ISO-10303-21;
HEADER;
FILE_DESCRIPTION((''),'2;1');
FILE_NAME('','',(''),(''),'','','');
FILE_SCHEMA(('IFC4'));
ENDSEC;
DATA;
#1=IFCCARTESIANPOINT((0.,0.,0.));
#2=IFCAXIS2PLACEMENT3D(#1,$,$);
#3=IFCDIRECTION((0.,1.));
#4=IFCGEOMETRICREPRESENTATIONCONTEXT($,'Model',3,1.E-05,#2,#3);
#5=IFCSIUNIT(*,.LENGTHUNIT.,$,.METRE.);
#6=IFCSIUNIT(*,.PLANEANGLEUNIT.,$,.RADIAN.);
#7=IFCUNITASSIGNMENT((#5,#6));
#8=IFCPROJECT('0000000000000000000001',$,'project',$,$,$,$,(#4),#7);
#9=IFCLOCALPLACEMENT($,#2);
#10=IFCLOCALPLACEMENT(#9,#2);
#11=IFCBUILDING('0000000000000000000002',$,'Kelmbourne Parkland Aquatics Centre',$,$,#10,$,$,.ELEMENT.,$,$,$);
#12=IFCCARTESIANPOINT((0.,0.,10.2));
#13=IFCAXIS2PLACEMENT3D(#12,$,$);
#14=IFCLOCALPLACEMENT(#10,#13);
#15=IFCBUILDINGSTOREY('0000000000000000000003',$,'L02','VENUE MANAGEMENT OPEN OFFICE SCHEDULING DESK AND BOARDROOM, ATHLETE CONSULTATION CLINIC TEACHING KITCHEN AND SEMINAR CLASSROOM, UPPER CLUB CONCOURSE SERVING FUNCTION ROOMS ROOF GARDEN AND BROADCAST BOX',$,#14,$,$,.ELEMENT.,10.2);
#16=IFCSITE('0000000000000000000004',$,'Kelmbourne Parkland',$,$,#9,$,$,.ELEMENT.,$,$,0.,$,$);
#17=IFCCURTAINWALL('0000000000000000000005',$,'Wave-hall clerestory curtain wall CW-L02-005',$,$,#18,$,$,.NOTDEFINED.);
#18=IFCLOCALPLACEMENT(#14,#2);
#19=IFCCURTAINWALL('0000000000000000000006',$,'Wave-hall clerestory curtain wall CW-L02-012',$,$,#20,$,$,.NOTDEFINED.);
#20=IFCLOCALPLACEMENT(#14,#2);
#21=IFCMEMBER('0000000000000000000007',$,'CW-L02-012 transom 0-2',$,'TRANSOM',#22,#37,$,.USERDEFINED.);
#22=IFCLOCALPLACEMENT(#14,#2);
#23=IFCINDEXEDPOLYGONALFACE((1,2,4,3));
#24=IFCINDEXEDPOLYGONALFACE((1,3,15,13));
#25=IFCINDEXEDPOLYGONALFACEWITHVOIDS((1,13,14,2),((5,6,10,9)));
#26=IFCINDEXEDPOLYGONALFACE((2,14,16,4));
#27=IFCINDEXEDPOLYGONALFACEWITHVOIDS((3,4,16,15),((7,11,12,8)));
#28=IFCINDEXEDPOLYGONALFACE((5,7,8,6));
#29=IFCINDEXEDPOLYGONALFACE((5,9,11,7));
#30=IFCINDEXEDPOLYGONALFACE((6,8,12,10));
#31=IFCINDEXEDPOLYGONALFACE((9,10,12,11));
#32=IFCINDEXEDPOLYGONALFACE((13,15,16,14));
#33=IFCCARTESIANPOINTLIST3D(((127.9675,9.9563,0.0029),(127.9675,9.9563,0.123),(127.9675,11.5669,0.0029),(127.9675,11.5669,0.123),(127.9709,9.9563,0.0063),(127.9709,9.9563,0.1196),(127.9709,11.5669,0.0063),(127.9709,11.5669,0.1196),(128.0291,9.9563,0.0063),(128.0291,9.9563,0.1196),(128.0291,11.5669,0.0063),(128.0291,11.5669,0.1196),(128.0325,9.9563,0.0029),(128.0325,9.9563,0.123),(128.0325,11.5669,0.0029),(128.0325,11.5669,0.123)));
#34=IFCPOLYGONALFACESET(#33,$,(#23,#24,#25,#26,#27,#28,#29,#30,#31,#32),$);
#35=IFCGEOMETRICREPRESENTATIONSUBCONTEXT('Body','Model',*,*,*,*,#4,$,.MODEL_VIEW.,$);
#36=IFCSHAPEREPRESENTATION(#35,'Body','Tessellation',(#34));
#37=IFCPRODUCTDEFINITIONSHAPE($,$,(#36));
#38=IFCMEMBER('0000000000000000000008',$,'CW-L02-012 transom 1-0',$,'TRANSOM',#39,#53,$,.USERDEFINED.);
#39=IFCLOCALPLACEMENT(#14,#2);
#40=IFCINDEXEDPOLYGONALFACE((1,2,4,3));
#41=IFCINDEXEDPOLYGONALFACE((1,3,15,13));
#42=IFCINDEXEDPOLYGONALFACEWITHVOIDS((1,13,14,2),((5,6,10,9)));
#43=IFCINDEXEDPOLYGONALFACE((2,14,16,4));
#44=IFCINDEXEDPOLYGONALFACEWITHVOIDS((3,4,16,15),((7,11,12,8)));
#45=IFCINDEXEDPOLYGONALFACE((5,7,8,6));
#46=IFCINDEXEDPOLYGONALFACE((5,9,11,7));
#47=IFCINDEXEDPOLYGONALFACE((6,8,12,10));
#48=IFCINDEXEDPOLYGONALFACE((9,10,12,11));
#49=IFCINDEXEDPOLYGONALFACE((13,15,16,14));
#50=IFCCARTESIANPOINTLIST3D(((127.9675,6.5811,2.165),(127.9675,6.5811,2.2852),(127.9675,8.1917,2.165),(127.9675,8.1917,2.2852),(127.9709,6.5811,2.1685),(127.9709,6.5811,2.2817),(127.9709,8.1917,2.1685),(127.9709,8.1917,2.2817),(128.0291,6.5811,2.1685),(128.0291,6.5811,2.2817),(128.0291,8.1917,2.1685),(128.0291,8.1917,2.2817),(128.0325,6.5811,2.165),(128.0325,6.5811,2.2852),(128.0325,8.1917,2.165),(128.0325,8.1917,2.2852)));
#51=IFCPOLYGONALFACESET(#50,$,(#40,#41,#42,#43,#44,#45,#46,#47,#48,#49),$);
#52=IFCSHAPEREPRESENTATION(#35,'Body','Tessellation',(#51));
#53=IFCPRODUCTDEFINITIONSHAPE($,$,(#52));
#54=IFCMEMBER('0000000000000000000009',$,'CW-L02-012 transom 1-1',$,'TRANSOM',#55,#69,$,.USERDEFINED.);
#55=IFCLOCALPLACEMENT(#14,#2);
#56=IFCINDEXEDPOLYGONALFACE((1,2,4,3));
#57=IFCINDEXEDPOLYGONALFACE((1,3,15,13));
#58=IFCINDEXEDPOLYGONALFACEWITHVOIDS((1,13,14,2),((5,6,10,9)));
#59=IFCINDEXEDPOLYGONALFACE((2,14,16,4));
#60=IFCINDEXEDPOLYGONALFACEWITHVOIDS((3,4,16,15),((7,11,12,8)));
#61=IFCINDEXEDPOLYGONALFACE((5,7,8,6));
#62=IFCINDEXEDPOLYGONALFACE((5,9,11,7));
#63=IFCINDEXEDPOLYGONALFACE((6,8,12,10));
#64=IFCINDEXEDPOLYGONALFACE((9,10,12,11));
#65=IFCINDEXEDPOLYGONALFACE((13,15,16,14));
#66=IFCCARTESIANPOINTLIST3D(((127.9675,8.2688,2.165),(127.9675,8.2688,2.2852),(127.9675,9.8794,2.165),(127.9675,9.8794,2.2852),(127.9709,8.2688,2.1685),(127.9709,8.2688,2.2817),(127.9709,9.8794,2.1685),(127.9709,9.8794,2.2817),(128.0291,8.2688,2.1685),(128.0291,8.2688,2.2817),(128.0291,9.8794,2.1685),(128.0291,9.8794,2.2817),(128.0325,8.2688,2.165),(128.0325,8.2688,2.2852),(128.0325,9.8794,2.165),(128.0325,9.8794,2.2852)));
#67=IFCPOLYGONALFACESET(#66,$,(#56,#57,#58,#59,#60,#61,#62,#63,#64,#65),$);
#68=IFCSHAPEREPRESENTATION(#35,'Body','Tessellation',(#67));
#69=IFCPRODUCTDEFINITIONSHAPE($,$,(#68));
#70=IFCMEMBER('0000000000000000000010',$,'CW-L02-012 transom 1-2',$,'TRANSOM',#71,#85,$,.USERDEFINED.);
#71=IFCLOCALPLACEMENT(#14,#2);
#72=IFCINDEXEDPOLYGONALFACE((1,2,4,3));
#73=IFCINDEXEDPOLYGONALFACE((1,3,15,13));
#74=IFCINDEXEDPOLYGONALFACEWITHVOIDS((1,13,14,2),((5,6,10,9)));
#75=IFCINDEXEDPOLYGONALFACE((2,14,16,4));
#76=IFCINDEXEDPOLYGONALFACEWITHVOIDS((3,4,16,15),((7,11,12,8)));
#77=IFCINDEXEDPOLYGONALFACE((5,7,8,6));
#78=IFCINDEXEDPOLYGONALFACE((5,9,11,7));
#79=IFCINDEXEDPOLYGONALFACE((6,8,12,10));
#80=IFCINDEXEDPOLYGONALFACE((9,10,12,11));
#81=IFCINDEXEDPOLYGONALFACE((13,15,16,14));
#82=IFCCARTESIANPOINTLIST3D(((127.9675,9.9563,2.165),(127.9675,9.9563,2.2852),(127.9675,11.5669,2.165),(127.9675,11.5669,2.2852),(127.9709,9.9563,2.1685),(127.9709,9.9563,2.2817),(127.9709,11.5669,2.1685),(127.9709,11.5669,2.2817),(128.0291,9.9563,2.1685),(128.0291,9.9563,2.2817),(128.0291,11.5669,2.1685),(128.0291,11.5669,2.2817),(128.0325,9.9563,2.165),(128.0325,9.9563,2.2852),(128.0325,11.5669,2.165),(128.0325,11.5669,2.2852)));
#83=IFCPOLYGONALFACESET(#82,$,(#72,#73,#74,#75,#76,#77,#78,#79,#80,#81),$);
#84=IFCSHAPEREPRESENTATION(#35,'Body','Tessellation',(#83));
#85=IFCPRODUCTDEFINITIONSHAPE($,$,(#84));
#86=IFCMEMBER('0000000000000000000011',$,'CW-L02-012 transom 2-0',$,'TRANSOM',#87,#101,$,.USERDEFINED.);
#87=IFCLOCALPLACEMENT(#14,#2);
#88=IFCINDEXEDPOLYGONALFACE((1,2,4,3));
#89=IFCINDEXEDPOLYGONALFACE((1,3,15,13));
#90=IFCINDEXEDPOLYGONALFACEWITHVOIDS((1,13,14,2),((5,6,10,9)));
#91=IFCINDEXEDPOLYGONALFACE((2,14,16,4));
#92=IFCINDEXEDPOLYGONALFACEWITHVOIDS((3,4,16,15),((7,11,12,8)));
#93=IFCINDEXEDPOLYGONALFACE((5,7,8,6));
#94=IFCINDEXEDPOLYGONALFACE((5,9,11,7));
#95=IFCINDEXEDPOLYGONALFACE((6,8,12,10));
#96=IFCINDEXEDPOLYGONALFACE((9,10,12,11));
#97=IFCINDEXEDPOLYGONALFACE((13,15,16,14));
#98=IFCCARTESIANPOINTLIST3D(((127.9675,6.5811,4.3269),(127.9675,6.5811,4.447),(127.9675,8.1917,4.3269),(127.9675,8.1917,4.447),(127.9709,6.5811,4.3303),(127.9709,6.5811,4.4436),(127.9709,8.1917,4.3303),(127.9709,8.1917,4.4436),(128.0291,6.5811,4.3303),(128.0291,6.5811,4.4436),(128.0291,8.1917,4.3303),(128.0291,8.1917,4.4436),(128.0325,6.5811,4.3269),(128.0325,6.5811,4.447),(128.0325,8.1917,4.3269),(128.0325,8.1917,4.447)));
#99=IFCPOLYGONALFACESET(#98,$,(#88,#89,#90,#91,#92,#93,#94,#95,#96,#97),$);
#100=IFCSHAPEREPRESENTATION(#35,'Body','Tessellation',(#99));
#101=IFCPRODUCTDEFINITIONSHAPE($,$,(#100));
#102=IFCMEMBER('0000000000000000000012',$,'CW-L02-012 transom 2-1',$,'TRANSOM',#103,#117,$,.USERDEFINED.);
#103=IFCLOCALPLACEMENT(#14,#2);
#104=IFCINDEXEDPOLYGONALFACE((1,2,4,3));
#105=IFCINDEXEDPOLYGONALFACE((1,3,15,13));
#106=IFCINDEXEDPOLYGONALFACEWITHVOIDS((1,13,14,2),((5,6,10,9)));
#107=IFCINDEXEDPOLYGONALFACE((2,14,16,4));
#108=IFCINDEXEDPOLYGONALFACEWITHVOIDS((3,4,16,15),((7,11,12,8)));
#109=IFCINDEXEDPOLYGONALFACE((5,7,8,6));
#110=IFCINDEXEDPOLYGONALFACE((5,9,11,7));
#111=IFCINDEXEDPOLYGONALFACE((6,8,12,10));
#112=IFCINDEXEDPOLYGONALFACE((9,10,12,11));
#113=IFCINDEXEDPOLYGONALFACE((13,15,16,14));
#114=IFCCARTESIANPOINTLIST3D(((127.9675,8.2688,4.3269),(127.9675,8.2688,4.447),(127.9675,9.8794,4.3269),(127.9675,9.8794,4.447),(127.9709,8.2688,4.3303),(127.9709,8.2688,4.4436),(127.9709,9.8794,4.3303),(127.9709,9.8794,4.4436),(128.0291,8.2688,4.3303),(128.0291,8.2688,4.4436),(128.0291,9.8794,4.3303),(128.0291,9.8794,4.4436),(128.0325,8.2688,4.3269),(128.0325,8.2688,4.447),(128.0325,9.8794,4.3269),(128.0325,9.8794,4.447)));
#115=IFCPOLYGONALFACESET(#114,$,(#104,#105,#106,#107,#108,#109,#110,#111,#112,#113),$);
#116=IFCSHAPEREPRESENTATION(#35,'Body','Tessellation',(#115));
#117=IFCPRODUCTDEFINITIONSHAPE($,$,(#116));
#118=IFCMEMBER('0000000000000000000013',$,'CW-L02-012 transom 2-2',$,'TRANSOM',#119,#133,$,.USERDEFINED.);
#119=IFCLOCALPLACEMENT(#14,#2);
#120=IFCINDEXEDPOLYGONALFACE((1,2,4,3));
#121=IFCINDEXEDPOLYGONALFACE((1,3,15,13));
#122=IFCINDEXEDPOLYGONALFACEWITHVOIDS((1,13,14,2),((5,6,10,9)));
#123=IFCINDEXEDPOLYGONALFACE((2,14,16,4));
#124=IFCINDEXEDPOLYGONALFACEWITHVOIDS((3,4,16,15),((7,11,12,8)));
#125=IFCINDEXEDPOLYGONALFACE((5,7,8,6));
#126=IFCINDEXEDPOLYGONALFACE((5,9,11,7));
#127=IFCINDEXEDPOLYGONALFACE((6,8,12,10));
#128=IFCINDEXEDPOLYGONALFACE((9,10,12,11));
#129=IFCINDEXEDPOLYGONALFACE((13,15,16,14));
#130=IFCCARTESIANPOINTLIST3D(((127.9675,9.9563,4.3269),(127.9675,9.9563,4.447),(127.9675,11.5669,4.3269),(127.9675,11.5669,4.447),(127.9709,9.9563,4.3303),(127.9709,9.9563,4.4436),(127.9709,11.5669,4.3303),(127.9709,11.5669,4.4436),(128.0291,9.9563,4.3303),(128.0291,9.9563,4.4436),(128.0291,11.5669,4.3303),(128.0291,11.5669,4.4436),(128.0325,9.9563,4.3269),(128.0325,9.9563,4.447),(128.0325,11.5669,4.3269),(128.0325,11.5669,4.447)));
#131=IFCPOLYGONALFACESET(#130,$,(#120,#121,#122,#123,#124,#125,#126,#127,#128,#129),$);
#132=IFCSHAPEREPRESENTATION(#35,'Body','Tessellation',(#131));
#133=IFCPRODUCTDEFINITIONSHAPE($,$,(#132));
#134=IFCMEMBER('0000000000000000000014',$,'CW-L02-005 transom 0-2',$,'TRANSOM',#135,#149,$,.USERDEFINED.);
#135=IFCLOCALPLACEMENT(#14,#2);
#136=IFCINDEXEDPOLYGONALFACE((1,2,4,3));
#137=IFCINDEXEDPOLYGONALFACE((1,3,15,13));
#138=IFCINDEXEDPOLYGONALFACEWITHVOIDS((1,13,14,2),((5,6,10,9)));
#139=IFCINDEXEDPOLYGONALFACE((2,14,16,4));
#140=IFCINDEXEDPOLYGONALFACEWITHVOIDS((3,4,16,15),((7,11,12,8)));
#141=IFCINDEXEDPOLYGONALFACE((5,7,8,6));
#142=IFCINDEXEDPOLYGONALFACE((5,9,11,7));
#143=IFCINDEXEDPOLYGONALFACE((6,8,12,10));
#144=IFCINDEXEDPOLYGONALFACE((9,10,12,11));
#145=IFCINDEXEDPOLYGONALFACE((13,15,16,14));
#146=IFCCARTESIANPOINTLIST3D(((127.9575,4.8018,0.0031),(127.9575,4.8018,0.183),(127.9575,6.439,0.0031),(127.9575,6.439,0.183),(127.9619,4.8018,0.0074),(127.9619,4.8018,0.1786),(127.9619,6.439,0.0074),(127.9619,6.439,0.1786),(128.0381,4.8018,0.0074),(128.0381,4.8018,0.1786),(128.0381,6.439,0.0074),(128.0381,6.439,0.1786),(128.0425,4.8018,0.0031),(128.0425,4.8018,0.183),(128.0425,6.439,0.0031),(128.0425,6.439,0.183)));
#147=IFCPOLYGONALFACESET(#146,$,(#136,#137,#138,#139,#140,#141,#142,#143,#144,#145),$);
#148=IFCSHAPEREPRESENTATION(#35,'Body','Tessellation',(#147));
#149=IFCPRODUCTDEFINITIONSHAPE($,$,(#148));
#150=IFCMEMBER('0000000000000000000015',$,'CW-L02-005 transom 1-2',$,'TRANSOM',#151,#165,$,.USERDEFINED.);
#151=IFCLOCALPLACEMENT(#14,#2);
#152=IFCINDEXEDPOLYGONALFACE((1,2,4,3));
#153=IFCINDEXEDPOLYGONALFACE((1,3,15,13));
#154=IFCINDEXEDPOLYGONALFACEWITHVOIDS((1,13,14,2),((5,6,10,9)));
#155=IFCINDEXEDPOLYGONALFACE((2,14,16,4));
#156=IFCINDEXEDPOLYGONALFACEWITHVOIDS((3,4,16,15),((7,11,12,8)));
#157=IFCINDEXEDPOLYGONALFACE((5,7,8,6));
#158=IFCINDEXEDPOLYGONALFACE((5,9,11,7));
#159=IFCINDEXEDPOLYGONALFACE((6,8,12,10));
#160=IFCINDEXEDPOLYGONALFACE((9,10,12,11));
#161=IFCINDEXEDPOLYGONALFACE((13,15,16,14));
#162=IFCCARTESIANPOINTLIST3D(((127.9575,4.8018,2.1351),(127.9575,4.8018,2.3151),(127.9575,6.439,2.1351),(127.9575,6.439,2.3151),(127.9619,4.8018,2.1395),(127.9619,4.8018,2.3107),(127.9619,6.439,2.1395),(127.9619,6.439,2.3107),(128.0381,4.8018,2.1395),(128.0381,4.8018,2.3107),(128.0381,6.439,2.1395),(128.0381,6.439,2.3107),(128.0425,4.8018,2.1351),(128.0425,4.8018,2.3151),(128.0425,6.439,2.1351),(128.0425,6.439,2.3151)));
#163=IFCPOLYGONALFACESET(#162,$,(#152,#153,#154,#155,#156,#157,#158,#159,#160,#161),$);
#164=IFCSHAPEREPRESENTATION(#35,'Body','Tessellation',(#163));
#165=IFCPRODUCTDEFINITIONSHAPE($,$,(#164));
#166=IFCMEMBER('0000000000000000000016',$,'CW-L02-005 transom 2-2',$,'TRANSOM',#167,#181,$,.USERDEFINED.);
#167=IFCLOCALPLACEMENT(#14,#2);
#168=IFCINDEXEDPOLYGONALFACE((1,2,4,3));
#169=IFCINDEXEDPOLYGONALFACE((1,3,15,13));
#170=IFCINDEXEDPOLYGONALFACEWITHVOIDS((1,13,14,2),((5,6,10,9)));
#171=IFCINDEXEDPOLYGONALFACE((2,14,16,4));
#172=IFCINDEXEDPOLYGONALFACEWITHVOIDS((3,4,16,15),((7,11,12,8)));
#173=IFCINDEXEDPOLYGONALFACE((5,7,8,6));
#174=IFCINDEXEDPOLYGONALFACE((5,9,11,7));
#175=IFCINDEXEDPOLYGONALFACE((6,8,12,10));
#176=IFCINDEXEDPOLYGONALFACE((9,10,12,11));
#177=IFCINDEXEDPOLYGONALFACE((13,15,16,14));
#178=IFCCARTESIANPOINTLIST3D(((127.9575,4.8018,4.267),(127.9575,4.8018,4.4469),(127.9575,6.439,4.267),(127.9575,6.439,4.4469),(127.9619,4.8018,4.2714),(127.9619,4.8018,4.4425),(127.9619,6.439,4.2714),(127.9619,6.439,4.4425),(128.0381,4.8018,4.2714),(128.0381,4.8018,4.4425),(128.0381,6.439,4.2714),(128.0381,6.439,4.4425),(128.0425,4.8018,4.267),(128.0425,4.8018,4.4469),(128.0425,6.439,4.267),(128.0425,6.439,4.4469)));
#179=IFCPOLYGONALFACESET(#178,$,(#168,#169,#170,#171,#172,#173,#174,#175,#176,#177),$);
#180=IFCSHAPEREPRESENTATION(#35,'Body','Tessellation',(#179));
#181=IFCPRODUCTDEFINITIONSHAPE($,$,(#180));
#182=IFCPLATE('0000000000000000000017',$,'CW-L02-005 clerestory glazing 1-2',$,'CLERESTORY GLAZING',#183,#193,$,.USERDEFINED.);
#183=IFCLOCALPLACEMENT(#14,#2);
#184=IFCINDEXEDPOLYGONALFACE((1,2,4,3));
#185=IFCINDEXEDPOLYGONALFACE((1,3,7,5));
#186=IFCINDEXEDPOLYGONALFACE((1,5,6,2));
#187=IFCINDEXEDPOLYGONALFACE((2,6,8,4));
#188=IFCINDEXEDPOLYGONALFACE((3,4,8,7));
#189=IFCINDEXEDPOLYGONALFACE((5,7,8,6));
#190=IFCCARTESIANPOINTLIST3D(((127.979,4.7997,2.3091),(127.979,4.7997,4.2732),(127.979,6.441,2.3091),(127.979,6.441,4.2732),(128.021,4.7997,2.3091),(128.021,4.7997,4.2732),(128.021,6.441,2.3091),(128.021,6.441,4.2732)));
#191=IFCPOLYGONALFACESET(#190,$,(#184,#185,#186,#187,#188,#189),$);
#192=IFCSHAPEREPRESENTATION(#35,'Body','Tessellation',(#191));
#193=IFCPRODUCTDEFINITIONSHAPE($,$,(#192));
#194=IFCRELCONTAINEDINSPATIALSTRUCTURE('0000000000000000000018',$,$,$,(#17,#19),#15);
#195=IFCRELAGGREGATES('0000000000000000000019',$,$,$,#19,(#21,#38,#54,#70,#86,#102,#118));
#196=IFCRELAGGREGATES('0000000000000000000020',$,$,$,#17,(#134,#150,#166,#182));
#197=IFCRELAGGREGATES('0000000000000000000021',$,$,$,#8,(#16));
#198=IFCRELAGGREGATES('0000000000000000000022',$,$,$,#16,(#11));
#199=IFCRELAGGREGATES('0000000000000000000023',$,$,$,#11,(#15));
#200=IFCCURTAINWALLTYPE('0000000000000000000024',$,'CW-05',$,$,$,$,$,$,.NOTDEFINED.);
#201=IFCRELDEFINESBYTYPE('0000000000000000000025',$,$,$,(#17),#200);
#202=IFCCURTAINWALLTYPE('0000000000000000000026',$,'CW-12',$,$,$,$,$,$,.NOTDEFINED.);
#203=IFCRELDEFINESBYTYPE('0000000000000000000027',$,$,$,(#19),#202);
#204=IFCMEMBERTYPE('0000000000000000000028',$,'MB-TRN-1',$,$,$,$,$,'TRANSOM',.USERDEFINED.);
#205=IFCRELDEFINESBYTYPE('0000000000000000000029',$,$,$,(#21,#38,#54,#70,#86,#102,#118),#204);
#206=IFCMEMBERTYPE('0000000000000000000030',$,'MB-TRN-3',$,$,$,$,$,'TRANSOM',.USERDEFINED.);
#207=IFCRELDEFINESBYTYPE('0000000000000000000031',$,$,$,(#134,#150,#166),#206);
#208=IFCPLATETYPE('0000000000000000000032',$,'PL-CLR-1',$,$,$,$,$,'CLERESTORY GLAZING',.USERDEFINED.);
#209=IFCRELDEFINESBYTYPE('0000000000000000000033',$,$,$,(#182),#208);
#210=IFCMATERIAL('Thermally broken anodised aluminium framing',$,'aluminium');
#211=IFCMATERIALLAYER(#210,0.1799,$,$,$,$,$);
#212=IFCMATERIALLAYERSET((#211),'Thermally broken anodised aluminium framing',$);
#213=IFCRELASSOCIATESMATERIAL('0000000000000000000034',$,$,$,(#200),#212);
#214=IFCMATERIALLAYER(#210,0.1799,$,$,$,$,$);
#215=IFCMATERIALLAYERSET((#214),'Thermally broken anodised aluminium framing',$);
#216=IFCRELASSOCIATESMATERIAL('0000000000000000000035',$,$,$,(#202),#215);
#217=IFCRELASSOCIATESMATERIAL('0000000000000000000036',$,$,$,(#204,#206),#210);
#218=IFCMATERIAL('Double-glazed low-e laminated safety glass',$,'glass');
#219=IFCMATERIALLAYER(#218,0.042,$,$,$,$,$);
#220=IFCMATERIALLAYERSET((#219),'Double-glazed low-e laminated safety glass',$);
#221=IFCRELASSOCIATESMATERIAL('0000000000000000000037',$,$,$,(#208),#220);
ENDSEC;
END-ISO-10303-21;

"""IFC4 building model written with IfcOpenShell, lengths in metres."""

from ifc_helpers import new_model, si_unit, direction, frame, origin, origin_2d, place, context, subcontext, project, spatial, rectangle, hollow_rectangle, extrude, material, layer, layer_set, material_profile, profile_set, type_object, element, aggregate, save


model = new_model("IFC4")

# Units and contexts
model_context = context("Model", 3, precision=1e-05, world=origin(), true_north=direction((0.0, 1.0)))
body_context = subcontext(model_context, "Body", "Model", "MODEL_VIEW")
ifc_project = project(units=[si_unit("LENGTHUNIT", "METRE"), si_unit("PLANEANGLEUNIT", "RADIAN")], contexts=[model_context])

# Site, building, storey
site_placement = place(None, origin())
site = spatial("IfcSite", under=ifc_project, at=site_placement, Name="Kelmbourne Parkland", CompositionType="ELEMENT", RefElevation=0.0)
building_placement = place(site_placement, origin())
building = spatial("IfcBuilding", under=site, at=building_placement, Name="Kelmbourne Parkland Aquatics Centre", CompositionType="ELEMENT")
storey_placement = place(building_placement, frame((0.0, 0.0, 10.2)))
storey = spatial("IfcBuildingStorey", under=building, at=storey_placement, Name="L02", Description="VENUE MANAGEMENT OPEN OFFICE SCHEDULING DESK AND BOARDROOM, ATHLETE CONSULTATION CLINIC TEACHING KITCHEN AND SEMINAR CLASSROOM, UPPER CLUB CONCOURSE SERVING FUNCTION ROOMS ROOF GARDEN AND BROADCAST BOX", CompositionType="ELEMENT", Elevation=10.2)

# Curtain walls, members
ifc_material_1 = material(Name="Thermally broken anodised aluminium framing", Category="aluminium")
ifc_layer_1 = layer(ifc_material_1, 0.1799)
ifc_layer_set_1 = layer_set([ifc_layer_1], Name="Thermally broken anodised aluminium framing")
curtain_wall_type_1 = type_object("IfcCurtainWallType", Name="CW-05", PredefinedType="NOTDEFINED", material=ifc_layer_set_1)
curtain_wall_1_placement = place(storey_placement, origin())
curtain_wall_1 = element("IfcCurtainWall", 1, at=curtain_wall_1_placement, inside=storey, type_object=curtain_wall_type_1, Name="Wave-hall clerestory curtain wall CW-L02-005", PredefinedType="NOTDEFINED")
ifc_layer_2 = layer(ifc_material_1, 0.1799)
ifc_layer_set_2 = layer_set([ifc_layer_2], Name="Thermally broken anodised aluminium framing")
curtain_wall_type_2 = type_object("IfcCurtainWallType", Name="CW-12", PredefinedType="NOTDEFINED", material=ifc_layer_set_2)
curtain_wall_2_placement = place(storey_placement, origin())
curtain_wall_2 = element("IfcCurtainWall", 2, at=curtain_wall_2_placement, inside=storey, type_object=curtain_wall_type_2, Name="Wave-hall clerestory curtain wall CW-L02-012", PredefinedType="NOTDEFINED")
ifc_material_profile_1 = material_profile(ifc_material_1, hollow_rectangle(XDim=0.0649, YDim=0.1201, WallThickness=0.0034, at=origin_2d()), Name="CW-T 65x120")
ifc_profile_set_1 = profile_set([ifc_material_profile_1], Name="Thermally broken anodised aluminium framing")
member_type_1 = type_object("IfcMemberType", Name="MB-TRN-1", ElementType="TRANSOM", PredefinedType="USERDEFINED", material=ifc_profile_set_1)
member_1_placement = place(storey_placement, frame((128.0, 9.9563, 0.063), z_axis=(0.0, 1.0, 0.0), x_axis=(-1.0, 0.0, 0.0)))
member_1 = element("IfcMember", 3, at=member_1_placement, type_object=member_type_1, Name="CW-L02-012 transom 0-2", ObjectType="TRANSOM", PredefinedType="USERDEFINED", context=body_context, shape_type="SweptSolid", body=[
    extrude(hollow_rectangle(XDim=0.0649, YDim=0.1201, WallThickness=0.0034, at=origin_2d()), origin(), (0.0, 0.0, 1.0), 1.6106),
])
member_2_placement = place(storey_placement, frame((128.0, 6.5811, 2.2251), z_axis=(0.0, 1.0, 0.0), x_axis=(-1.0, 0.0, 0.0)))
member_2 = element("IfcMember", 4, at=member_2_placement, type_object=member_type_1, Name="CW-L02-012 transom 1-0", ObjectType="TRANSOM", PredefinedType="USERDEFINED", context=body_context, shape_type="SweptSolid", body=[
    extrude(hollow_rectangle(XDim=0.0649, YDim=0.1201, WallThickness=0.0034, at=origin_2d()), origin(), (0.0, 0.0, 1.0), 1.6106),
])
member_3_placement = place(storey_placement, frame((128.0, 8.2688, 2.2251), z_axis=(0.0, 1.0, 0.0), x_axis=(-1.0, 0.0, 0.0)))
member_3 = element("IfcMember", 5, at=member_3_placement, type_object=member_type_1, Name="CW-L02-012 transom 1-1", ObjectType="TRANSOM", PredefinedType="USERDEFINED", context=body_context, shape_type="SweptSolid", body=[
    extrude(hollow_rectangle(XDim=0.0649, YDim=0.1201, WallThickness=0.0034, at=origin_2d()), origin(), (0.0, 0.0, 1.0), 1.6106),
])
member_4_placement = place(storey_placement, frame((128.0, 9.9563, 2.2251), z_axis=(0.0, 1.0, 0.0), x_axis=(-1.0, 0.0, 0.0)))
member_4 = element("IfcMember", 6, at=member_4_placement, type_object=member_type_1, Name="CW-L02-012 transom 1-2", ObjectType="TRANSOM", PredefinedType="USERDEFINED", context=body_context, shape_type="SweptSolid", body=[
    extrude(hollow_rectangle(XDim=0.0649, YDim=0.1201, WallThickness=0.0034, at=origin_2d()), origin(), (0.0, 0.0, 1.0), 1.6106),
])
member_5_placement = place(storey_placement, frame((128.0, 6.5811, 4.387), z_axis=(0.0, 1.0, 0.0), x_axis=(-1.0, 0.0, 0.0)))
member_5 = element("IfcMember", 7, at=member_5_placement, type_object=member_type_1, Name="CW-L02-012 transom 2-0", ObjectType="TRANSOM", PredefinedType="USERDEFINED", context=body_context, shape_type="SweptSolid", body=[
    extrude(hollow_rectangle(XDim=0.0649, YDim=0.1201, WallThickness=0.0034, at=origin_2d()), origin(), (0.0, 0.0, 1.0), 1.6106),
])
member_6_placement = place(storey_placement, frame((128.0, 8.2688, 4.387), z_axis=(0.0, 1.0, 0.0), x_axis=(-1.0, 0.0, 0.0)))
member_6 = element("IfcMember", 8, at=member_6_placement, type_object=member_type_1, Name="CW-L02-012 transom 2-1", ObjectType="TRANSOM", PredefinedType="USERDEFINED", context=body_context, shape_type="SweptSolid", body=[
    extrude(hollow_rectangle(XDim=0.0649, YDim=0.1201, WallThickness=0.0034, at=origin_2d()), origin(), (0.0, 0.0, 1.0), 1.6106),
])
member_7_placement = place(storey_placement, frame((128.0, 9.9563, 4.387), z_axis=(0.0, 1.0, 0.0), x_axis=(-1.0, 0.0, 0.0)))
member_7 = element("IfcMember", 9, at=member_7_placement, type_object=member_type_1, Name="CW-L02-012 transom 2-2", ObjectType="TRANSOM", PredefinedType="USERDEFINED", context=body_context, shape_type="SweptSolid", body=[
    extrude(hollow_rectangle(XDim=0.0649, YDim=0.1201, WallThickness=0.0034, at=origin_2d()), origin(), (0.0, 0.0, 1.0), 1.6106),
])

# Members
ifc_material_profile_2 = material_profile(ifc_material_1, hollow_rectangle(XDim=0.085, YDim=0.1799, WallThickness=0.0044, at=origin_2d()), Name="CW-T 85x180")
ifc_profile_set_2 = profile_set([ifc_material_profile_2], Name="Thermally broken anodised aluminium framing")
member_type_2 = type_object("IfcMemberType", Name="MB-TRN-3", ElementType="TRANSOM", PredefinedType="USERDEFINED", material=ifc_profile_set_2)
member_8_placement = place(storey_placement, frame((128.0, 4.8018, 0.093), z_axis=(0.0, 1.0, 0.0), x_axis=(-1.0, 0.0, 0.0)))
member_8 = element("IfcMember", 10, at=member_8_placement, type_object=member_type_2, Name="CW-L02-005 transom 0-2", ObjectType="TRANSOM", PredefinedType="USERDEFINED", context=body_context, shape_type="SweptSolid", body=[
    extrude(hollow_rectangle(XDim=0.085, YDim=0.1799, WallThickness=0.0044, at=origin_2d()), origin(), (0.0, 0.0, 1.0), 1.6372),
])
member_9_placement = place(storey_placement, frame((128.0, 4.8018, 2.2251), z_axis=(0.0, 1.0, 0.0), x_axis=(-1.0, 0.0, 0.0)))
member_9 = element("IfcMember", 11, at=member_9_placement, type_object=member_type_2, Name="CW-L02-005 transom 1-2", ObjectType="TRANSOM", PredefinedType="USERDEFINED", context=body_context, shape_type="SweptSolid", body=[
    extrude(hollow_rectangle(XDim=0.085, YDim=0.1799, WallThickness=0.0044, at=origin_2d()), origin(), (0.0, 0.0, 1.0), 1.6372),
])
member_10_placement = place(storey_placement, frame((128.0, 4.8018, 4.3569), z_axis=(0.0, 1.0, 0.0), x_axis=(-1.0, 0.0, 0.0)))
member_10 = element("IfcMember", 12, at=member_10_placement, type_object=member_type_2, Name="CW-L02-005 transom 2-2", ObjectType="TRANSOM", PredefinedType="USERDEFINED", context=body_context, shape_type="SweptSolid", body=[
    extrude(hollow_rectangle(XDim=0.085, YDim=0.1799, WallThickness=0.0044, at=origin_2d()), origin(), (0.0, 0.0, 1.0), 1.6372),
])

# Plate
ifc_material_2 = material(Name="Double-glazed low-e laminated safety glass", Category="glass")
ifc_layer_3 = layer(ifc_material_2, 0.042)
ifc_layer_set_3 = layer_set([ifc_layer_3], Name="Double-glazed low-e laminated safety glass")
plate_type_1 = type_object("IfcPlateType", Name="PL-CLR-1", ElementType="CLERESTORY GLAZING", PredefinedType="USERDEFINED", material=ifc_layer_set_3)
plate_1_placement = place(storey_placement, frame((128.0, 5.6204, 2.3091), z_axis=(0.0, 0.0, 1.0), x_axis=(0.0, 1.0, 0.0)))
plate_1 = element("IfcPlate", 13, at=plate_1_placement, type_object=plate_type_1, Name="CW-L02-005 clerestory glazing 1-2", ObjectType="CLERESTORY GLAZING", PredefinedType="USERDEFINED", context=body_context, shape_type="SweptSolid", body=[
    extrude(rectangle(XDim=1.6414, YDim=0.042, at=origin_2d()), origin(), (0.0, 0.0, 1.0), 1.9641),
])
aggregate(curtain_wall_2, [member_1, member_2, member_3, member_4, member_5, member_6, member_7])
aggregate(curtain_wall_1, [member_8, member_9, member_10, plate_1])

save(model, "model.ifc")
